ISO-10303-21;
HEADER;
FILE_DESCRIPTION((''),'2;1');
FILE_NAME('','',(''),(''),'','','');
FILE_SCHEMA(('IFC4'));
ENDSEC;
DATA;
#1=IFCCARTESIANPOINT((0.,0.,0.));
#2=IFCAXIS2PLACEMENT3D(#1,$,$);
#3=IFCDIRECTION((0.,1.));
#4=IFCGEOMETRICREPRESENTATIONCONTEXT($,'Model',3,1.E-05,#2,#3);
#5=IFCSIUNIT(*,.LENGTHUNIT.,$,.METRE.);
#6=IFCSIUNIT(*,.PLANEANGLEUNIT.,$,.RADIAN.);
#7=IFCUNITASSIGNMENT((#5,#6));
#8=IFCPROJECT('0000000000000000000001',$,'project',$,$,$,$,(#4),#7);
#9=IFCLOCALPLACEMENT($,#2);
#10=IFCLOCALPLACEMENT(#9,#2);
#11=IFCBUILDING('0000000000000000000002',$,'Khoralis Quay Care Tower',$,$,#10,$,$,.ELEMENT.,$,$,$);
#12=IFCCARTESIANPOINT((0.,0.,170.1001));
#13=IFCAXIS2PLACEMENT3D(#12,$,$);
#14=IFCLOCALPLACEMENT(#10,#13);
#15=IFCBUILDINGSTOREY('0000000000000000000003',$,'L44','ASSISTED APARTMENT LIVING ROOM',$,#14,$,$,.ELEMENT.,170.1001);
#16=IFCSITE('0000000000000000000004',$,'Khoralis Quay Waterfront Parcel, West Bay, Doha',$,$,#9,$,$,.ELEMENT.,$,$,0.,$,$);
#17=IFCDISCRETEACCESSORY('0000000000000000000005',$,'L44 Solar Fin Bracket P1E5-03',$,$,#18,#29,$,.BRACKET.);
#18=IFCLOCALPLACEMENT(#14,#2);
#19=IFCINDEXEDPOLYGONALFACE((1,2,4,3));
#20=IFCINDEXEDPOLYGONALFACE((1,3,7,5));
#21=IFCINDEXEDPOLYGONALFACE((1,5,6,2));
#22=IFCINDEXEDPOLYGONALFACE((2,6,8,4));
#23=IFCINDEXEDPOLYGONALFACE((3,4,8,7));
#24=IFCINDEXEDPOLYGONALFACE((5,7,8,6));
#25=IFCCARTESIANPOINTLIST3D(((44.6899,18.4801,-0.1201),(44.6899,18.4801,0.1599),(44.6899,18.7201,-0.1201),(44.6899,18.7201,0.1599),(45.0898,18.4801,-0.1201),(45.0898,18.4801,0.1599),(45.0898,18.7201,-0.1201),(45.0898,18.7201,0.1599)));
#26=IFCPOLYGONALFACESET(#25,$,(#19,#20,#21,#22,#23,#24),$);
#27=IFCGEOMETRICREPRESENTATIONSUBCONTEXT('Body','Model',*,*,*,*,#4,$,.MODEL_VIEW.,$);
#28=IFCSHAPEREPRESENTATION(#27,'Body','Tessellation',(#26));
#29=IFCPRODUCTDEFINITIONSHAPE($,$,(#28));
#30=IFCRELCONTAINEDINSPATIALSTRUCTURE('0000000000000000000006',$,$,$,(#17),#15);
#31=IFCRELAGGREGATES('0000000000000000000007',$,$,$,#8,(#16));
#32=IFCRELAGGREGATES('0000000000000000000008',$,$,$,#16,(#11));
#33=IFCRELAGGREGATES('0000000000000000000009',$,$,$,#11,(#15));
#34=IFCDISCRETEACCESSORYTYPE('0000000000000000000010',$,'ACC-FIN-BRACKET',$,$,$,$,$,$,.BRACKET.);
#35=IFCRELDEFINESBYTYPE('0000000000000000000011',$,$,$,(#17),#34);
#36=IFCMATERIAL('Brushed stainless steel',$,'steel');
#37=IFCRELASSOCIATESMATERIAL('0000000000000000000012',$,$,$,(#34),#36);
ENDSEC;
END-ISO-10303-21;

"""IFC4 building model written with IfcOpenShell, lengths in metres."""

from ifc_helpers import new_model, si_unit, direction, frame, origin, origin_2d, place, context, subcontext, project, spatial, rectangle, extrude, source, transform, mapped, material, type_object, element, save


model = new_model("IFC4")

# Units and contexts
model_context = context("Model", 3, precision=1e-05, world=origin(), true_north=direction((0.0, 1.0)))
body_context = subcontext(model_context, "Body", "Model", "MODEL_VIEW")
ifc_project = project(units=[si_unit("LENGTHUNIT", "METRE"), si_unit("PLANEANGLEUNIT", "RADIAN")], contexts=[model_context])

# Site, building, storey
site_placement = place(None, origin())
site = spatial("IfcSite", under=ifc_project, at=site_placement, Name="Khoralis Quay Waterfront Parcel, West Bay, Doha", CompositionType="ELEMENT", RefElevation=0.0)
building_placement = place(site_placement, origin())
building = spatial("IfcBuilding", under=site, at=building_placement, Name="Khoralis Quay Care Tower", CompositionType="ELEMENT")
storey_placement = place(building_placement, frame((0.0, 0.0, 170.1001)))
storey = spatial("IfcBuildingStorey", under=building, at=storey_placement, Name="L44", Description="ASSISTED APARTMENT LIVING ROOM", CompositionType="ELEMENT", Elevation=170.1001)

# Shared definitions
ifc_material_1 = material(Name="Brushed stainless steel", Category="steel")

# Discrete accessory
discrete_accessory_type = type_object("IfcDiscreteAccessoryType", Name="ACC-FIN-BRACKET", PredefinedType="BRACKET", material=ifc_material_1)
shared_shape_1 = source(origin(), body_context, "Body", "SweptSolid", [
    extrude(rectangle(XDim=0.3999, YDim=0.24, at=origin_2d()), origin(), (0.0, 0.0, 1.0), 0.28),
])
for number, where, z_axis, x_axis, name in (
    (1, (44.8899, 18.6001, -0.1201), (0.0, 0.0, 1.0), (1.0, 0.0, 0.0), "L44 Solar Fin Bracket P1E5-03"),
):
    element("IfcDiscreteAccessory", number, at=place(storey_placement, frame(where, z_axis=z_axis, x_axis=x_axis)), inside=storey, type_object=discrete_accessory_type, Name=name, PredefinedType="BRACKET", context=body_context, shape_type="MappedRepresentation", body=[
        mapped(shared_shape_1, transform((0.0, 0.0, 0.0), scale=1.0)),
    ])

save(model, "model.ifc")
